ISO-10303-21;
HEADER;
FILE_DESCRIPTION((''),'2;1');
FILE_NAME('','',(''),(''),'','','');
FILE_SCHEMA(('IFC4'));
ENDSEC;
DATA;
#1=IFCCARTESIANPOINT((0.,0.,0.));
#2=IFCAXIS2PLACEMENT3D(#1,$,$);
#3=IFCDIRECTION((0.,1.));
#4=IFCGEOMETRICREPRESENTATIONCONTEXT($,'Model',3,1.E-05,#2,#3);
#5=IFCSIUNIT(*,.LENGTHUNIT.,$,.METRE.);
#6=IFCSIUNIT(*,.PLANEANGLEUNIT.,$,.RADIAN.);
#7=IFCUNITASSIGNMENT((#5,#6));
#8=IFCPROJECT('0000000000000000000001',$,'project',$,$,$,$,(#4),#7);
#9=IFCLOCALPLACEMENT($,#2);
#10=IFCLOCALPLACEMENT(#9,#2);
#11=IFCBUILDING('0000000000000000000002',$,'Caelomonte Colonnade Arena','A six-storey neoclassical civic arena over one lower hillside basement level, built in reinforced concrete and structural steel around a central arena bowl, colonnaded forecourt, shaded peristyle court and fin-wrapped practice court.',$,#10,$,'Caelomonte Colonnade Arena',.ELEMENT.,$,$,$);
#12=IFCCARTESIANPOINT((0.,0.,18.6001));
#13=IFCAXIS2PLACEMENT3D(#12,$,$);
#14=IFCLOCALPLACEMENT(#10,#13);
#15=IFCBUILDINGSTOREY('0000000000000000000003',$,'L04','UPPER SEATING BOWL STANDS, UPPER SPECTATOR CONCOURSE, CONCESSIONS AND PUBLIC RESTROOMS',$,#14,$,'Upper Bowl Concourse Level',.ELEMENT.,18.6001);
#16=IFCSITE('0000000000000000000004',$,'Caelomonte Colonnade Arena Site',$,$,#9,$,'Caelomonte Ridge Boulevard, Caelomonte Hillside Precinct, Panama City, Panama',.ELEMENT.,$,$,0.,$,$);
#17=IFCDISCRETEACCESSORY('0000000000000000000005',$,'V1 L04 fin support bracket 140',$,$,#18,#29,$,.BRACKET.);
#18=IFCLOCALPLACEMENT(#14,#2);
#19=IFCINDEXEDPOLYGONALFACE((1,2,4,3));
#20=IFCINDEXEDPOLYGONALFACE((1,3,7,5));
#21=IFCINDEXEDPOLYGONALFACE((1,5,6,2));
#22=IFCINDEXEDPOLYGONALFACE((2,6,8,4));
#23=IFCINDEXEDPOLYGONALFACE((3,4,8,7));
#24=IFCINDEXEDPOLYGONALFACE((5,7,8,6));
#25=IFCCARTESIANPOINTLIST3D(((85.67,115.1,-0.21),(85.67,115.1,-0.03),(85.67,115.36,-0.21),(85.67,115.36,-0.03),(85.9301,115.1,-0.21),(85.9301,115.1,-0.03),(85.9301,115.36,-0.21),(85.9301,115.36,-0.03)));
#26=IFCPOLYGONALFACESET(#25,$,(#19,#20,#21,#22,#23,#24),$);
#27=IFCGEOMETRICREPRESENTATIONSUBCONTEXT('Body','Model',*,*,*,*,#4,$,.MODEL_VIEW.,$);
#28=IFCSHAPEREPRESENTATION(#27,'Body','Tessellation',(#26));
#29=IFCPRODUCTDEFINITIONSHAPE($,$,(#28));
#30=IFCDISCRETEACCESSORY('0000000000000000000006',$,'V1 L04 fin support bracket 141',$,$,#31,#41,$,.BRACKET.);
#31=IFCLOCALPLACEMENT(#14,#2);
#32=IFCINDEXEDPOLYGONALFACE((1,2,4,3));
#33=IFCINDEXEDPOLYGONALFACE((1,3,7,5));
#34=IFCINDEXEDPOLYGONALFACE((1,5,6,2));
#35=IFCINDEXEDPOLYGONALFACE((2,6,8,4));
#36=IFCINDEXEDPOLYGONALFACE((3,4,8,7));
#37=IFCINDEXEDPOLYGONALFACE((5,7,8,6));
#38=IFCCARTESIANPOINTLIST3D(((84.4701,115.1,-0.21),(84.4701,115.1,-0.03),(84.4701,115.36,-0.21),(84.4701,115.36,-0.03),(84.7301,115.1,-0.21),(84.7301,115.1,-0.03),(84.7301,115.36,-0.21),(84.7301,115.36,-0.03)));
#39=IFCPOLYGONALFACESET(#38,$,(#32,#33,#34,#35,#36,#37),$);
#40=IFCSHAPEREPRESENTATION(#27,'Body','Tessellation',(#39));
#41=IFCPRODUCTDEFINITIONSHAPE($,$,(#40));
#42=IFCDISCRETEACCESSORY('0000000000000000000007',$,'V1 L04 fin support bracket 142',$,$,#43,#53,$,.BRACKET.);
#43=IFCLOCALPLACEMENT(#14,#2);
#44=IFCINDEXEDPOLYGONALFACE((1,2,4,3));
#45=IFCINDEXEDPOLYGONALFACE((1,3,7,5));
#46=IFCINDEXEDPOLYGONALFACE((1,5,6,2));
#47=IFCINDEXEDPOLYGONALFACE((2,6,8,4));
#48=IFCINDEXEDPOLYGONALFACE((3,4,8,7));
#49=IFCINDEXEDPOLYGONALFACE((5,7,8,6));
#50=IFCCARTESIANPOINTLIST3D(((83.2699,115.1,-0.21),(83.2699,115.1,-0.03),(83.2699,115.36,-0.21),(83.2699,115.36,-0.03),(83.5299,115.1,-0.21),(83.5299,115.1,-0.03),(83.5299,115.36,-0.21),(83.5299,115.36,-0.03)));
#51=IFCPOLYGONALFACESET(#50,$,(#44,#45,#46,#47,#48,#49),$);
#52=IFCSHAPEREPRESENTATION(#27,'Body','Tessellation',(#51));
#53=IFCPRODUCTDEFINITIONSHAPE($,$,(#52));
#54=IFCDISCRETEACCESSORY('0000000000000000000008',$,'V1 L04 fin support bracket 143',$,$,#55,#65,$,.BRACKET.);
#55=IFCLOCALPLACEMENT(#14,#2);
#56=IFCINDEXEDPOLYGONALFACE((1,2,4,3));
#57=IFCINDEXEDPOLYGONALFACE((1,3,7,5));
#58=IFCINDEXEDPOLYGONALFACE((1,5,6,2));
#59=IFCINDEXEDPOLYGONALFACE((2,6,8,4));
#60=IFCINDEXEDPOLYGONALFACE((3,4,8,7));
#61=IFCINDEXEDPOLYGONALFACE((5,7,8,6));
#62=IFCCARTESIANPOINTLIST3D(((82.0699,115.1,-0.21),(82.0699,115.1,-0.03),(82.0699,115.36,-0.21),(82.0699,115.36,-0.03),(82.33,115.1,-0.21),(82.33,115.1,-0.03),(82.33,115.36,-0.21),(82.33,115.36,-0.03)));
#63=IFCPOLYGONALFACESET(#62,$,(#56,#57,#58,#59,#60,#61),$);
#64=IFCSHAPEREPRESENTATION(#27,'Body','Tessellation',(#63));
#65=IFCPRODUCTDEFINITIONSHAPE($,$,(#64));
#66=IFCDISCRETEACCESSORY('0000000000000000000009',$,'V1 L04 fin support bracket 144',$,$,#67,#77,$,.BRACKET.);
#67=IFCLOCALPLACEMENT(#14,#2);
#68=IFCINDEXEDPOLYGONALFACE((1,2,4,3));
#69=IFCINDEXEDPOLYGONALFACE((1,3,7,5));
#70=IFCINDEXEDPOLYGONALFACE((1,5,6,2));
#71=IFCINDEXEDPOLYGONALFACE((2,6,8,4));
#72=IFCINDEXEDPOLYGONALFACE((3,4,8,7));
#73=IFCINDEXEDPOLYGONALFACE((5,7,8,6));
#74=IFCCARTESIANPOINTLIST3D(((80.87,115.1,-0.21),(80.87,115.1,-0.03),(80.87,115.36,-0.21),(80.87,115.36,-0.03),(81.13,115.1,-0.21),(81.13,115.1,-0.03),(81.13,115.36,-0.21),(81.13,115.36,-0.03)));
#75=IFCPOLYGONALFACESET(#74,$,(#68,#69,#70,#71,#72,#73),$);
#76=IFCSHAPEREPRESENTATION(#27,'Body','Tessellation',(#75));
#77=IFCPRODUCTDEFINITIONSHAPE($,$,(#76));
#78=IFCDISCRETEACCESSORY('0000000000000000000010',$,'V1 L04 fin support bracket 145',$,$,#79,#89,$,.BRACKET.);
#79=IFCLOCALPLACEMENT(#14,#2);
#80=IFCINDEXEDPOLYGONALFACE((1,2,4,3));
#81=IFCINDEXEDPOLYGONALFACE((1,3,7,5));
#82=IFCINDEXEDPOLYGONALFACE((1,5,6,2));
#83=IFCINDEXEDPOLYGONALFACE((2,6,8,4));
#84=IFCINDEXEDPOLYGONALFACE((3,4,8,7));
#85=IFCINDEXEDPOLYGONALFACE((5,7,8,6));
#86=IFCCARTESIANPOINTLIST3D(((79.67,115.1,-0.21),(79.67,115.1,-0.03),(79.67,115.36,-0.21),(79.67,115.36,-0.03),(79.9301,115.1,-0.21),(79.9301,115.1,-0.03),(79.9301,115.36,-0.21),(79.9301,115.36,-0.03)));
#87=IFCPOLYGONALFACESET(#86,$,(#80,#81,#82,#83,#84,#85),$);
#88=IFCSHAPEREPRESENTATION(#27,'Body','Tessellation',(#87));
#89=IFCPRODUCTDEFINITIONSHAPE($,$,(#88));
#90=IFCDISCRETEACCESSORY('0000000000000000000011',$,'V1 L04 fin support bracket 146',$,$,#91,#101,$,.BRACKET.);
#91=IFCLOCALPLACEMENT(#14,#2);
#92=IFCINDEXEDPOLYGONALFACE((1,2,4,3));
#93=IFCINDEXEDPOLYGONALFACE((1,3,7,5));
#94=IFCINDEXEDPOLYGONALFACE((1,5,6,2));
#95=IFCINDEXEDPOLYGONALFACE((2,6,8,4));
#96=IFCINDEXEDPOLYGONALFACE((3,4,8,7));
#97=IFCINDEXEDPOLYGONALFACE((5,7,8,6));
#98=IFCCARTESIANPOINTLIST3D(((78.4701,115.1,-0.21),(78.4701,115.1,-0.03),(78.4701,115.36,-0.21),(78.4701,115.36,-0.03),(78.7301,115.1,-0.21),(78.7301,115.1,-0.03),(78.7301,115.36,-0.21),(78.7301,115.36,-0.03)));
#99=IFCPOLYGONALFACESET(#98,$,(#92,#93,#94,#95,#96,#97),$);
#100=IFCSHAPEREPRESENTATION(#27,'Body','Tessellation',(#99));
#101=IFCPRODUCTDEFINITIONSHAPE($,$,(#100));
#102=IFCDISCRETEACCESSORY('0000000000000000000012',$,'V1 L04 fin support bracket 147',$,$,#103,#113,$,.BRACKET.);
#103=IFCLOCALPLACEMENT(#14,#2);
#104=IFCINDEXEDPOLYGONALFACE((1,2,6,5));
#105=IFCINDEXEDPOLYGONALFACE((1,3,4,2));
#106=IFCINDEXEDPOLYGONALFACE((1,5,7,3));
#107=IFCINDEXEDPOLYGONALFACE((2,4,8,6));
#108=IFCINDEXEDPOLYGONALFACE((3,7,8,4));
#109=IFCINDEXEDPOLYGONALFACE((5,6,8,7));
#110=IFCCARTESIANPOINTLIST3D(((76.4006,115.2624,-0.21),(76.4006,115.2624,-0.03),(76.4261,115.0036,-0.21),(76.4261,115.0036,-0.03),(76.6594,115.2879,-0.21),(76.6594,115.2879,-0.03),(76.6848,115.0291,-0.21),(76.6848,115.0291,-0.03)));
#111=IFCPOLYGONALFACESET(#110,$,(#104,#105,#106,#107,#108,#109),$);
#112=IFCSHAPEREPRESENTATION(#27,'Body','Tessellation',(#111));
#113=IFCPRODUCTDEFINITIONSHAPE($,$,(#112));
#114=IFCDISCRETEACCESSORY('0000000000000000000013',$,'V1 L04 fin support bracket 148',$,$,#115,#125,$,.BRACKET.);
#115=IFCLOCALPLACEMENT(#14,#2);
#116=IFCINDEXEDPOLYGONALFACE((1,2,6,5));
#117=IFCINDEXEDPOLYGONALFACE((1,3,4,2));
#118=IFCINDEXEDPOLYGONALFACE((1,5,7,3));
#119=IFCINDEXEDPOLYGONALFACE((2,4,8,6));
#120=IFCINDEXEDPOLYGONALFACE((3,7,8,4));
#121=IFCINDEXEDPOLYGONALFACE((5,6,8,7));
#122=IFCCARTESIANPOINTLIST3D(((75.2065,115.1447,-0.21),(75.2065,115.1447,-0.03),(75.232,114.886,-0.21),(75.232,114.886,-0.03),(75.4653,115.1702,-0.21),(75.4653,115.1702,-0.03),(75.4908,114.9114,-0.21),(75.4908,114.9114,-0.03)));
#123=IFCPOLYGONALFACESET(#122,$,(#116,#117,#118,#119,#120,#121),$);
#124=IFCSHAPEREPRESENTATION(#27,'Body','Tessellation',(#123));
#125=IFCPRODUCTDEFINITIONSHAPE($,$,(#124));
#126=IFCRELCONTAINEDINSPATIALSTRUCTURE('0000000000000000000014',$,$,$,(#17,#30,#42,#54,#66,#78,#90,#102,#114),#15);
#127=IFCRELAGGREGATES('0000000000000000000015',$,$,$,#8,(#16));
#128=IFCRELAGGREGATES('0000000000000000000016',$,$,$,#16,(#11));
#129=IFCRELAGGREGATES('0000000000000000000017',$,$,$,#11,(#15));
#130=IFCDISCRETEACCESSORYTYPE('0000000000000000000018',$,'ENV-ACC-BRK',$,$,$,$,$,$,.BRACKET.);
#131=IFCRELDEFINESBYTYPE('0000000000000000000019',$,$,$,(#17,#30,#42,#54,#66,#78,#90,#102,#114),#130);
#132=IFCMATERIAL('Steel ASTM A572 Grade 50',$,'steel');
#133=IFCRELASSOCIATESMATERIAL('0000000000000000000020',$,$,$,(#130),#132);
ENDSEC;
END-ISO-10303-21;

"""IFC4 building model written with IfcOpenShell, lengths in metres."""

from ifc_helpers import new_model, si_unit, direction, frame, origin, origin_2d, place, context, subcontext, project, spatial, rectangle, extrude, material, type_object, element, save


model = new_model("IFC4")

# Units and contexts
model_context = context("Model", 3, precision=1e-05, world=origin(), true_north=direction((0.0, 1.0)))
body_context = subcontext(model_context, "Body", "Model", "MODEL_VIEW")
ifc_project = project(units=[si_unit("LENGTHUNIT", "METRE"), si_unit("PLANEANGLEUNIT", "RADIAN")], contexts=[model_context])

# Site, building, storey
site_placement = place(None, origin())
site = spatial("IfcSite", under=ifc_project, at=site_placement, Name="Caelomonte Colonnade Arena Site", LongName="Caelomonte Ridge Boulevard, Caelomonte Hillside Precinct, Panama City, Panama", CompositionType="ELEMENT", RefElevation=0.0)
building_placement = place(site_placement, origin())
building = spatial("IfcBuilding", under=site, at=building_placement, Name="Caelomonte Colonnade Arena", Description="A six-storey neoclassical civic arena over one lower hillside basement level, built in reinforced concrete and structural steel around a central arena bowl, colonnaded forecourt, shaded peristyle court and fin-wrapped practice court.", LongName="Caelomonte Colonnade Arena", CompositionType="ELEMENT")
storey_placement = place(building_placement, frame((0.0, 0.0, 18.6001)))
storey = spatial("IfcBuildingStorey", under=building, at=storey_placement, Name="L04", Description="UPPER SEATING BOWL STANDS, UPPER SPECTATOR CONCOURSE, CONCESSIONS AND PUBLIC RESTROOMS", LongName="Upper Bowl Concourse Level", CompositionType="ELEMENT", Elevation=18.6001)

# Discrete accessories
ifc_material_1 = material(Name="Steel ASTM A572 Grade 50", Category="steel")
discrete_accessory_type = type_object("IfcDiscreteAccessoryType", Name="ENV-ACC-BRK", PredefinedType="BRACKET", material=ifc_material_1)
for number, where, z_axis, x_axis, name in (
    (1, (85.8, 115.23, -0.21), (0.0, 0.0, 1.0), (-1.0, 0.0, 0.0), "V1 L04 fin support bracket 140"),
    (2, (84.6001, 115.23, -0.21), (0.0, 0.0, 1.0), (-1.0, 0.0, 0.0), "V1 L04 fin support bracket 141"),
    (3, (83.3999, 115.23, -0.21), (0.0, 0.0, 1.0), (-1.0, 0.0, 0.0), "V1 L04 fin support bracket 142"),
    (4, (82.2, 115.23, -0.21), (0.0, 0.0, 1.0), (-1.0, 0.0, 0.0), "V1 L04 fin support bracket 143"),
    (5, (81.0, 115.23, -0.21), (0.0, 0.0, 1.0), (-1.0, 0.0, 0.0), "V1 L04 fin support bracket 144"),
    (6, (79.8, 115.23, -0.21), (0.0, 0.0, 1.0), (-1.0, 0.0, 0.0), "V1 L04 fin support bracket 145"),
    (7, (78.6001, 115.23, -0.21), (0.0, 0.0, 1.0), (-1.0, 0.0, 0.0), "V1 L04 fin support bracket 146"),
    (8, (76.5427, 115.1458, -0.21), (0.0, 0.0, 1.0), (-0.995185, -0.098015, 0.0), "V1 L04 fin support bracket 147"),
    (9, (75.3486, 115.0281, -0.21), (0.0, 0.0, 1.0), (-0.995185, -0.098015, 0.0), "V1 L04 fin support bracket 148"),
):
    element("IfcDiscreteAccessory", number, at=place(storey_placement, frame(where, z_axis=z_axis, x_axis=x_axis)), inside=storey, type_object=discrete_accessory_type, Name=name, PredefinedType="BRACKET", context=body_context, shape_type="SweptSolid", body=[
        extrude(rectangle(XDim=0.26, YDim=0.26, at=origin_2d()), origin(), (0.0, 0.0, 1.0), 0.1799),
    ])

save(model, "model.ifc")
